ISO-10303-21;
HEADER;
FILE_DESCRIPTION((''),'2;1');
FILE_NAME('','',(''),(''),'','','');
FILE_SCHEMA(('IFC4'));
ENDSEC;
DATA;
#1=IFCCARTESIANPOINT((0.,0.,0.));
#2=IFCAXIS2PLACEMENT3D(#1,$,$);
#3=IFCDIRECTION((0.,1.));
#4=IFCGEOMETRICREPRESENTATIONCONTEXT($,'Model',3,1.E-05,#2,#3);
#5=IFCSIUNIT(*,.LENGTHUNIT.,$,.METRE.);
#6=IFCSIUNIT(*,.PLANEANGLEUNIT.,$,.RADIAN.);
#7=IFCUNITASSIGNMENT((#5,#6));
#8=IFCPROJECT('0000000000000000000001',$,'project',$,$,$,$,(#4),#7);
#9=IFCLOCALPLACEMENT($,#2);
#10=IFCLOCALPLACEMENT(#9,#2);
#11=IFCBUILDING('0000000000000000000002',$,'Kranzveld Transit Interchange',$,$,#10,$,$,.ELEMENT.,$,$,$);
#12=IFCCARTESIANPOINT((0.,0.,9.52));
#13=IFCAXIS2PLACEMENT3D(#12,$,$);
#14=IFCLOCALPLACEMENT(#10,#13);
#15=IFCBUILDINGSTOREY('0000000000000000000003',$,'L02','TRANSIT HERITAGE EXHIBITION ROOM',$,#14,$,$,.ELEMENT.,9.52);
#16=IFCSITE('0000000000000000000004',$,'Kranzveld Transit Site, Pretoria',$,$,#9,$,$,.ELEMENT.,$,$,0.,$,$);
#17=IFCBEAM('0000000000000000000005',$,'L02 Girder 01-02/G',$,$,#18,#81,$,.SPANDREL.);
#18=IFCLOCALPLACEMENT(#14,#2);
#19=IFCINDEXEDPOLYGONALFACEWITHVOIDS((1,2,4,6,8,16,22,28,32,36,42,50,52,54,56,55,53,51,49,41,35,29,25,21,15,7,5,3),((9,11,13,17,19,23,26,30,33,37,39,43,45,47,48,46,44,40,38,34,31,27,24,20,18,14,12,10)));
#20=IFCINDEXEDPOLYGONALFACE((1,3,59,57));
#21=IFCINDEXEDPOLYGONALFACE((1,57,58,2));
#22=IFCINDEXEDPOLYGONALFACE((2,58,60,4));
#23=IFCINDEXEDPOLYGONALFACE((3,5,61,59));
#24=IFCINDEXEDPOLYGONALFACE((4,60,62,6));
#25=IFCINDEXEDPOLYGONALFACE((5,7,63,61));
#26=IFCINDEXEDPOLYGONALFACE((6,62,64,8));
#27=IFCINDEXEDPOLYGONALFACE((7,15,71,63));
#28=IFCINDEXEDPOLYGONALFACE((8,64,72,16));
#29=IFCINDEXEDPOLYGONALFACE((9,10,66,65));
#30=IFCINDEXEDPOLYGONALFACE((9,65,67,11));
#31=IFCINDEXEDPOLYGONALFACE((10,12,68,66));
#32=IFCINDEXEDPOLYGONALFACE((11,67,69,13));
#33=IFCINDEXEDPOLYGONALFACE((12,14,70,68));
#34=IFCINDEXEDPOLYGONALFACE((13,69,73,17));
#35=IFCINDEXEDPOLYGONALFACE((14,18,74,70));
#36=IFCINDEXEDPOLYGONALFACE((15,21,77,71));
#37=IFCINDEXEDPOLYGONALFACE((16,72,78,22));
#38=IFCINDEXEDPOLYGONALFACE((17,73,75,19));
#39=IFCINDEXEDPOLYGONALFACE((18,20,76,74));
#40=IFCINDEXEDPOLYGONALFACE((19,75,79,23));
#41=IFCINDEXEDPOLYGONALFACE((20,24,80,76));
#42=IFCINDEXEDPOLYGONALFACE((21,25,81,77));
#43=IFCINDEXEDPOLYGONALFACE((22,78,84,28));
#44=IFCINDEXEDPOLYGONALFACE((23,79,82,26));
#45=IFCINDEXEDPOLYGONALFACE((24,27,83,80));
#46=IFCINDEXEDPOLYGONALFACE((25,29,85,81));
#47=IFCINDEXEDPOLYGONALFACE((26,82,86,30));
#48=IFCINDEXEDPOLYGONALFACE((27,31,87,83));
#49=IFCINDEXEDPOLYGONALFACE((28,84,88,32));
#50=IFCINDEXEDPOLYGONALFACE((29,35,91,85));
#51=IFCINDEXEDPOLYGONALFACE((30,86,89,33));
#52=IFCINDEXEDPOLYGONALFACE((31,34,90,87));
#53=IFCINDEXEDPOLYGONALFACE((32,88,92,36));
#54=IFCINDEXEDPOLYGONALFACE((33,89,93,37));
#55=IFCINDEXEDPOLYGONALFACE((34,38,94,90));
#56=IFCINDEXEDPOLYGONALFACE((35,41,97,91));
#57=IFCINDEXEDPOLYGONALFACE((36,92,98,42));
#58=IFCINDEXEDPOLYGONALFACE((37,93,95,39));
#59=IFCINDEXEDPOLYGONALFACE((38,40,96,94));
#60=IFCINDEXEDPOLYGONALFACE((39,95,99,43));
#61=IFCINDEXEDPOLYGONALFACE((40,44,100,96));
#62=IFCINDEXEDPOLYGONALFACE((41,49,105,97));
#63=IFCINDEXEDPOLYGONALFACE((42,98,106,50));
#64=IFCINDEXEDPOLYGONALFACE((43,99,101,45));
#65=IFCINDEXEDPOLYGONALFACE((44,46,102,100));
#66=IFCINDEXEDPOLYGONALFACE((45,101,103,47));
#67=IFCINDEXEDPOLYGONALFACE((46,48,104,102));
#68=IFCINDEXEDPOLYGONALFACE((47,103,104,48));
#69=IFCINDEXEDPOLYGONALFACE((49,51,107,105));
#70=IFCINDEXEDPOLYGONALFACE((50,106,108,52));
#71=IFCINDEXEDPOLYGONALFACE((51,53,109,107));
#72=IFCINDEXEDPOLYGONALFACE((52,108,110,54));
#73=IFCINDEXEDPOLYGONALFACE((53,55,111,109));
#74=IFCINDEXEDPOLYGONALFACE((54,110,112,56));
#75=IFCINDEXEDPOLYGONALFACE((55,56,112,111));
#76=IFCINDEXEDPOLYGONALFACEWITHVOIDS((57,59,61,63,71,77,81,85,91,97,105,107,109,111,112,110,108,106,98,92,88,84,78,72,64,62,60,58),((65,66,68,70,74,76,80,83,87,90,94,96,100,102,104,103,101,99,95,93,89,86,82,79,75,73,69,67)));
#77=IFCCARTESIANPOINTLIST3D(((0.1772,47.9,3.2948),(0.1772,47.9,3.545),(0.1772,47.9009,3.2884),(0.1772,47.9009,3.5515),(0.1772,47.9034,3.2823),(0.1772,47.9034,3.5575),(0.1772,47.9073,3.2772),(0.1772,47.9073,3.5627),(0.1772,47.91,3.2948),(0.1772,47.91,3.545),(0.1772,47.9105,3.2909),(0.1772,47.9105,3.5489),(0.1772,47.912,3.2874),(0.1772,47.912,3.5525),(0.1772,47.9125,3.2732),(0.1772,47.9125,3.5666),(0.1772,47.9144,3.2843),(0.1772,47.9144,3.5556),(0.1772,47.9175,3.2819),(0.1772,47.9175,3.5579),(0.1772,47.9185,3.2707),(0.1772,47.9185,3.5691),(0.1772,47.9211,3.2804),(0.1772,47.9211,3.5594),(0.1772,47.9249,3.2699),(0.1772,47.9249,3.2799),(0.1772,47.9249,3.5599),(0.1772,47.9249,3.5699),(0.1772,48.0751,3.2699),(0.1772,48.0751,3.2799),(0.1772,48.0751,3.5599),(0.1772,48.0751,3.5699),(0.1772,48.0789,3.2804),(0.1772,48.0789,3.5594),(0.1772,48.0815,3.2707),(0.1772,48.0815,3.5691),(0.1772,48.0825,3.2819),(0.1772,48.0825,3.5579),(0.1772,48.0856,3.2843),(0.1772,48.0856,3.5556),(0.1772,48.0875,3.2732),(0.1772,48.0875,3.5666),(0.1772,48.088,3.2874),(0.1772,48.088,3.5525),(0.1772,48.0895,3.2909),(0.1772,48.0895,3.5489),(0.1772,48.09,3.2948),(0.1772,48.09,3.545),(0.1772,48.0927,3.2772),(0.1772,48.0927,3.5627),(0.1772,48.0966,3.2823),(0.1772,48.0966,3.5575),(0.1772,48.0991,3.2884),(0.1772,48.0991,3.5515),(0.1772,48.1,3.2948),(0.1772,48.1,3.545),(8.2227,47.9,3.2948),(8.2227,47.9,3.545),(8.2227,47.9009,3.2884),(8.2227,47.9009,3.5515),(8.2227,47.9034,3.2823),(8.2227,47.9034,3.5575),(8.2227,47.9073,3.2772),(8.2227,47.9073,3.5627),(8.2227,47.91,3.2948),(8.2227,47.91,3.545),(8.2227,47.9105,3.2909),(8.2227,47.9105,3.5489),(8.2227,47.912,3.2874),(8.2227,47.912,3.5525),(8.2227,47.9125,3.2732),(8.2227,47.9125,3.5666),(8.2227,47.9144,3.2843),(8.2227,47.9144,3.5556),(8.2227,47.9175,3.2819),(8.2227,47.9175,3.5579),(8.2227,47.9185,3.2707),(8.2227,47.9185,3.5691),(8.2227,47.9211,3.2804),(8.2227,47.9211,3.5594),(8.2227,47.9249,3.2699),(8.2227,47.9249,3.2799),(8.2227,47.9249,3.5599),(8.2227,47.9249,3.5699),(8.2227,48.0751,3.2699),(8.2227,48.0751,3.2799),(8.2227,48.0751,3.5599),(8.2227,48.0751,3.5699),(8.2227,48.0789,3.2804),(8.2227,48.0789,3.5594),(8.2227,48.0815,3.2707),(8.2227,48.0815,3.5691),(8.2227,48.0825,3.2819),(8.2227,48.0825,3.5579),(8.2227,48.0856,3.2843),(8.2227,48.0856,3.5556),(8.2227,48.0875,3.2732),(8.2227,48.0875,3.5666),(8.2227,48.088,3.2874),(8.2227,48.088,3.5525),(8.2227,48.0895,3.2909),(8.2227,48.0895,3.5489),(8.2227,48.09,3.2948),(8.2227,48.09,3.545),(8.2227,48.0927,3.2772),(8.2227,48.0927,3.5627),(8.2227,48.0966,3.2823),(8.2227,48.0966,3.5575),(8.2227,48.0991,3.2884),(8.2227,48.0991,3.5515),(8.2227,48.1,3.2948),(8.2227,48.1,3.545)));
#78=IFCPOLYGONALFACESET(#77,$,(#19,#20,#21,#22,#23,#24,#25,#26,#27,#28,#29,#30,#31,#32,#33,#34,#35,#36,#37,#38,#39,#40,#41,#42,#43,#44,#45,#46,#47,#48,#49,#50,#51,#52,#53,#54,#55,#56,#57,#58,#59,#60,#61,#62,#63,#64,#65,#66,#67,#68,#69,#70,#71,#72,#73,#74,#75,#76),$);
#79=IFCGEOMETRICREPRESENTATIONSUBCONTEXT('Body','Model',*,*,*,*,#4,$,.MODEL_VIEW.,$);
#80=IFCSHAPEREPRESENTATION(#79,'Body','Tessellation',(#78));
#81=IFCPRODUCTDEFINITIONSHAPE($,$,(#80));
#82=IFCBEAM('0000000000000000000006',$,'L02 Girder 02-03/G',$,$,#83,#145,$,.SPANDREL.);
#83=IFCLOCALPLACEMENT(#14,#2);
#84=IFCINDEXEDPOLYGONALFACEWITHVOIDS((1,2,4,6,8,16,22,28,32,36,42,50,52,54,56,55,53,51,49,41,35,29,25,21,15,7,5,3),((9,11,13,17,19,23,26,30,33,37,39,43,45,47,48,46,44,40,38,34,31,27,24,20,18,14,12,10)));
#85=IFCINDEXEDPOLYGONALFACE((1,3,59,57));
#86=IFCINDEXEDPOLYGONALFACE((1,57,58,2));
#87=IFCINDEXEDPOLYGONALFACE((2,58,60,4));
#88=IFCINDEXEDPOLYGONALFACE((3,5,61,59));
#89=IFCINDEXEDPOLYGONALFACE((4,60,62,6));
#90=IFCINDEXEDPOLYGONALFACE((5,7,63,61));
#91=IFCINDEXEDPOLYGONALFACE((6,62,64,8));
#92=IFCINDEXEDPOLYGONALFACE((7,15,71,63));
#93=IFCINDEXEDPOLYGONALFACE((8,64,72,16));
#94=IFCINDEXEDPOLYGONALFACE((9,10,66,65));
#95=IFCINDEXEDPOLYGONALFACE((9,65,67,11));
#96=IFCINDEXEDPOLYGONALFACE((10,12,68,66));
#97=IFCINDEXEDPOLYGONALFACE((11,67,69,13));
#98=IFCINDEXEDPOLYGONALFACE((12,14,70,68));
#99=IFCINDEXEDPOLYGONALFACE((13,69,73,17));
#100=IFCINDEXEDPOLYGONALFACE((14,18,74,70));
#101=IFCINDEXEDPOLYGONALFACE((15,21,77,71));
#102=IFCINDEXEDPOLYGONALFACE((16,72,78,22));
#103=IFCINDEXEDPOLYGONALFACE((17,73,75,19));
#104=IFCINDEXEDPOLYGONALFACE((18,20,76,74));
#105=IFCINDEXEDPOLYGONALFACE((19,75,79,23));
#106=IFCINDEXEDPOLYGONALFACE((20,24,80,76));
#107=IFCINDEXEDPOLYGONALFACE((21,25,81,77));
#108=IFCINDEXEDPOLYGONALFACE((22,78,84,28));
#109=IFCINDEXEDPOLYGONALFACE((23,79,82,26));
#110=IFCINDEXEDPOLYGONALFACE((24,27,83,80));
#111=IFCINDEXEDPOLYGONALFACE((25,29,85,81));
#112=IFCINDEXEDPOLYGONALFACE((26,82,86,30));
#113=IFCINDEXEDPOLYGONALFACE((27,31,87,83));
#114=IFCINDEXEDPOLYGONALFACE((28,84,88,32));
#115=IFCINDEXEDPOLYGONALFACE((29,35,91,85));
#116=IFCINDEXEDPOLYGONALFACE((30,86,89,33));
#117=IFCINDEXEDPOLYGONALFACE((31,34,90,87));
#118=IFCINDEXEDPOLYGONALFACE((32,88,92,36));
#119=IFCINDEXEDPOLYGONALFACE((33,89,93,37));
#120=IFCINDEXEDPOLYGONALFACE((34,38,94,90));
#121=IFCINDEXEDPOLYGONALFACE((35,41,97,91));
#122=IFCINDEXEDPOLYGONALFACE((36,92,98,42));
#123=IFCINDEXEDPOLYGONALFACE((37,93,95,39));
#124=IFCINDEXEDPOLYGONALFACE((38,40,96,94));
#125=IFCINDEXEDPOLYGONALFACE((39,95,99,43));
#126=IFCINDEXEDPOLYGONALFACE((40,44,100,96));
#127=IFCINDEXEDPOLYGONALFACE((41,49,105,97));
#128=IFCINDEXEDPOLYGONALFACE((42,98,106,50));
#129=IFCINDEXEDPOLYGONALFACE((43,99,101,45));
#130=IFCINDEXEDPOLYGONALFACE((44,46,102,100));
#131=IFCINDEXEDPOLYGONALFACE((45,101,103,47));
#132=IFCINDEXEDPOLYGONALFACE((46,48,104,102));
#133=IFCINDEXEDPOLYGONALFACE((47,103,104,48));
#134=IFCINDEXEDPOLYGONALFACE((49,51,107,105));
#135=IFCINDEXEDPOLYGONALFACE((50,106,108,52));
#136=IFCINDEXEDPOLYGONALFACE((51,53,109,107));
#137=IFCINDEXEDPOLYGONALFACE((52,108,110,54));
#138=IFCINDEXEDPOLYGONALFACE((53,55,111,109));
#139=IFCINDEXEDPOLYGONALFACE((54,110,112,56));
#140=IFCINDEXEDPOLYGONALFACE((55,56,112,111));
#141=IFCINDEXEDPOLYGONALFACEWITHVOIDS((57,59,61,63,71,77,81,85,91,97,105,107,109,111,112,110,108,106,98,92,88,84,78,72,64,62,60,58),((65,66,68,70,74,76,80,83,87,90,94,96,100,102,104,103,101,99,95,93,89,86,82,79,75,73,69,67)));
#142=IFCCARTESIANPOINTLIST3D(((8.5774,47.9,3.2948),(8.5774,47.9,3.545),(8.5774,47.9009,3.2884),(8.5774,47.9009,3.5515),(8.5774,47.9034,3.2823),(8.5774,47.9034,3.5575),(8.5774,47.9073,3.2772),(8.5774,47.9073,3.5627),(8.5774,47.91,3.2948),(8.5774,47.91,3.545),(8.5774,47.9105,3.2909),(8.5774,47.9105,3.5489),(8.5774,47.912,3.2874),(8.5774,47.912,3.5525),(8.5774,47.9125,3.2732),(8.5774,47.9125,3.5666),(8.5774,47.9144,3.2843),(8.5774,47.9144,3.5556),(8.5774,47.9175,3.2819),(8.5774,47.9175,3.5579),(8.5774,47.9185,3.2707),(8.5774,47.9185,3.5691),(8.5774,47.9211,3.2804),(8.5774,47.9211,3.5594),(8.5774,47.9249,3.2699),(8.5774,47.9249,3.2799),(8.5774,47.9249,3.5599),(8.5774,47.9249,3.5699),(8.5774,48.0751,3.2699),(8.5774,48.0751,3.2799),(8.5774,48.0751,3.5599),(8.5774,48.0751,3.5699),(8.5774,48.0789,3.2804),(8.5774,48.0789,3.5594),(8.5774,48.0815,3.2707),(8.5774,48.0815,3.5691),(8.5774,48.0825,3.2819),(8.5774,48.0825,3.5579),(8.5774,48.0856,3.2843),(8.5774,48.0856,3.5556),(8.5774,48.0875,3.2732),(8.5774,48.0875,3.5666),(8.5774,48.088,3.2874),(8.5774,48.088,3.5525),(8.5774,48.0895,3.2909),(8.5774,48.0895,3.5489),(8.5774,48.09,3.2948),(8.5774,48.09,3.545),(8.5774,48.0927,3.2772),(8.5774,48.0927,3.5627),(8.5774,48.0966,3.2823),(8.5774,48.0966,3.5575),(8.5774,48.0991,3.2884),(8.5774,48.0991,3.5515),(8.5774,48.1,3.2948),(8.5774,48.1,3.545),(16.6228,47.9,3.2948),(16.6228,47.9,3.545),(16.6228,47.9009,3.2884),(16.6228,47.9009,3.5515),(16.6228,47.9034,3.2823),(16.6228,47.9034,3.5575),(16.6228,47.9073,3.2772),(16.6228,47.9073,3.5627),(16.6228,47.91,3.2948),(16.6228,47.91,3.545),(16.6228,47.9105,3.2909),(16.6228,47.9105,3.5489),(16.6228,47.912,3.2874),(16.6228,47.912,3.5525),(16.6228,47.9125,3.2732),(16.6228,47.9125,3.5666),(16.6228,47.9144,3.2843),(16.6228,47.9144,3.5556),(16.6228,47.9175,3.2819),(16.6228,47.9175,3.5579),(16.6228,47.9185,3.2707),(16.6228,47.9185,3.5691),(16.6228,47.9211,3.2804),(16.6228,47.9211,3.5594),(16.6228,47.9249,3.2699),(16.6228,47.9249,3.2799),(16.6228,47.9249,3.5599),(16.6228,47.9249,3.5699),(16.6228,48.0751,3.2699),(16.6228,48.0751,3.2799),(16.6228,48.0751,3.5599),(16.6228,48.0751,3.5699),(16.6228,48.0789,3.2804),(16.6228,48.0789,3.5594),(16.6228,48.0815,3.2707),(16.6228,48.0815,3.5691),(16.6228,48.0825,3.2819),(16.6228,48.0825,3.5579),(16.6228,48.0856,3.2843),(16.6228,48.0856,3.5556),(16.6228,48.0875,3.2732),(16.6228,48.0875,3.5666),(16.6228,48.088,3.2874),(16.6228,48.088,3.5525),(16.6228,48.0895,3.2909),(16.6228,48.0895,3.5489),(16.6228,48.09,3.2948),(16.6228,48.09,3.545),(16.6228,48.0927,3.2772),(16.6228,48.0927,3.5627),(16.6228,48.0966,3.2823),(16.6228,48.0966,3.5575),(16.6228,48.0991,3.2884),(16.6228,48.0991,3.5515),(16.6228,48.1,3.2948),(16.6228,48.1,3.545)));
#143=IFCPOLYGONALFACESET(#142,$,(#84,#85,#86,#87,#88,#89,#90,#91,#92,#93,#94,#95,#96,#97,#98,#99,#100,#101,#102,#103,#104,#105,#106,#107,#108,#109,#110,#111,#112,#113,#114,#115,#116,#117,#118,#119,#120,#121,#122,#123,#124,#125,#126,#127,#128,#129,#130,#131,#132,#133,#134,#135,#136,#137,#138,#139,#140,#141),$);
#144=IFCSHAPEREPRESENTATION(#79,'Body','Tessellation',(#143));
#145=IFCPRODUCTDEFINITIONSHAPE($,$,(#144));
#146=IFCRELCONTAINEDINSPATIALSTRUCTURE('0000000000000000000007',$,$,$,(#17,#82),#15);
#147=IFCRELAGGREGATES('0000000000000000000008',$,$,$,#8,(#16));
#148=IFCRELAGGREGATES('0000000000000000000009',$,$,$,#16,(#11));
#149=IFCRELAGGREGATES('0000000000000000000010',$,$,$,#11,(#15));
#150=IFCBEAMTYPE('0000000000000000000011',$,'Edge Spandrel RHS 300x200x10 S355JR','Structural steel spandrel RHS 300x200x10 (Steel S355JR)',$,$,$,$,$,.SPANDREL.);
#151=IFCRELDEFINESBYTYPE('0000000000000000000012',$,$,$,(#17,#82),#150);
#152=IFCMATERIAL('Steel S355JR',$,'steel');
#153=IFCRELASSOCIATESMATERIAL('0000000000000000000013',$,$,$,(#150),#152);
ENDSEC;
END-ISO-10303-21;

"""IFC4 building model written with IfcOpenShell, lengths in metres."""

from ifc_helpers import new_model, si_unit, direction, frame, origin, origin_2d, place, context, subcontext, project, spatial, hollow_rectangle, extrude, material, material_profile, profile_set, type_object, element, save


model = new_model("IFC4")

# Units and contexts
model_context = context("Model", 3, precision=1e-05, world=origin(), true_north=direction((0.0, 1.0)))
body_context = subcontext(model_context, "Body", "Model", "MODEL_VIEW")
ifc_project = project(units=[si_unit("LENGTHUNIT", "METRE"), si_unit("PLANEANGLEUNIT", "RADIAN")], contexts=[model_context])

# Site, building, storey
site_placement = place(None, origin())
site = spatial("IfcSite", under=ifc_project, at=site_placement, Name="Kranzveld Transit Site, Pretoria", CompositionType="ELEMENT", RefElevation=0.0)
building_placement = place(site_placement, origin())
building = spatial("IfcBuilding", under=site, at=building_placement, Name="Kranzveld Transit Interchange", CompositionType="ELEMENT")
storey_placement = place(building_placement, frame((0.0, 0.0, 9.52)))
storey = spatial("IfcBuildingStorey", under=building, at=storey_placement, Name="L02", Description="TRANSIT HERITAGE EXHIBITION ROOM", CompositionType="ELEMENT", Elevation=9.52)

# Beams
ifc_material_1 = material(Name="Steel S355JR", Category="steel")
ifc_material_profile_1 = material_profile(ifc_material_1, hollow_rectangle(XDim=0.2, YDim=0.3, WallThickness=0.01, InnerFilletRadius=0.0149, OuterFilletRadius=0.0249, at=origin_2d()), Name="RHS 300x200x10")
ifc_profile_set_1 = profile_set([ifc_material_profile_1], Name="Steel S355JR")
beam_type_1 = type_object("IfcBeamType", Name="Edge Spandrel RHS 300x200x10 S355JR", Description="Structural steel spandrel RHS 300x200x10 (Steel S355JR)", PredefinedType="SPANDREL", material=ifc_profile_set_1)
for number, where, z_axis, x_axis, name in (
    (1, (0.1772, 48.0, 3.4199), (1.0, 0.0, 0.0), (0.0, 1.0, 0.0), "L02 Girder 01-02/G"),
    (2, (8.5774, 48.0, 3.4199), (1.0, 0.0, 0.0), (0.0, 1.0, 0.0), "L02 Girder 02-03/G"),
):
    element("IfcBeam", number, at=place(storey_placement, frame(where, z_axis=z_axis, x_axis=x_axis)), inside=storey, type_object=beam_type_1, Name=name, PredefinedType="SPANDREL", context=body_context, shape_type="SweptSolid", body=[
        extrude(hollow_rectangle(XDim=0.2, YDim=0.3, WallThickness=0.01, InnerFilletRadius=0.0149, OuterFilletRadius=0.0249, at=origin_2d()), origin(), (0.0, 0.0, 1.0), 8.0454),
    ])

save(model, "model.ifc")
